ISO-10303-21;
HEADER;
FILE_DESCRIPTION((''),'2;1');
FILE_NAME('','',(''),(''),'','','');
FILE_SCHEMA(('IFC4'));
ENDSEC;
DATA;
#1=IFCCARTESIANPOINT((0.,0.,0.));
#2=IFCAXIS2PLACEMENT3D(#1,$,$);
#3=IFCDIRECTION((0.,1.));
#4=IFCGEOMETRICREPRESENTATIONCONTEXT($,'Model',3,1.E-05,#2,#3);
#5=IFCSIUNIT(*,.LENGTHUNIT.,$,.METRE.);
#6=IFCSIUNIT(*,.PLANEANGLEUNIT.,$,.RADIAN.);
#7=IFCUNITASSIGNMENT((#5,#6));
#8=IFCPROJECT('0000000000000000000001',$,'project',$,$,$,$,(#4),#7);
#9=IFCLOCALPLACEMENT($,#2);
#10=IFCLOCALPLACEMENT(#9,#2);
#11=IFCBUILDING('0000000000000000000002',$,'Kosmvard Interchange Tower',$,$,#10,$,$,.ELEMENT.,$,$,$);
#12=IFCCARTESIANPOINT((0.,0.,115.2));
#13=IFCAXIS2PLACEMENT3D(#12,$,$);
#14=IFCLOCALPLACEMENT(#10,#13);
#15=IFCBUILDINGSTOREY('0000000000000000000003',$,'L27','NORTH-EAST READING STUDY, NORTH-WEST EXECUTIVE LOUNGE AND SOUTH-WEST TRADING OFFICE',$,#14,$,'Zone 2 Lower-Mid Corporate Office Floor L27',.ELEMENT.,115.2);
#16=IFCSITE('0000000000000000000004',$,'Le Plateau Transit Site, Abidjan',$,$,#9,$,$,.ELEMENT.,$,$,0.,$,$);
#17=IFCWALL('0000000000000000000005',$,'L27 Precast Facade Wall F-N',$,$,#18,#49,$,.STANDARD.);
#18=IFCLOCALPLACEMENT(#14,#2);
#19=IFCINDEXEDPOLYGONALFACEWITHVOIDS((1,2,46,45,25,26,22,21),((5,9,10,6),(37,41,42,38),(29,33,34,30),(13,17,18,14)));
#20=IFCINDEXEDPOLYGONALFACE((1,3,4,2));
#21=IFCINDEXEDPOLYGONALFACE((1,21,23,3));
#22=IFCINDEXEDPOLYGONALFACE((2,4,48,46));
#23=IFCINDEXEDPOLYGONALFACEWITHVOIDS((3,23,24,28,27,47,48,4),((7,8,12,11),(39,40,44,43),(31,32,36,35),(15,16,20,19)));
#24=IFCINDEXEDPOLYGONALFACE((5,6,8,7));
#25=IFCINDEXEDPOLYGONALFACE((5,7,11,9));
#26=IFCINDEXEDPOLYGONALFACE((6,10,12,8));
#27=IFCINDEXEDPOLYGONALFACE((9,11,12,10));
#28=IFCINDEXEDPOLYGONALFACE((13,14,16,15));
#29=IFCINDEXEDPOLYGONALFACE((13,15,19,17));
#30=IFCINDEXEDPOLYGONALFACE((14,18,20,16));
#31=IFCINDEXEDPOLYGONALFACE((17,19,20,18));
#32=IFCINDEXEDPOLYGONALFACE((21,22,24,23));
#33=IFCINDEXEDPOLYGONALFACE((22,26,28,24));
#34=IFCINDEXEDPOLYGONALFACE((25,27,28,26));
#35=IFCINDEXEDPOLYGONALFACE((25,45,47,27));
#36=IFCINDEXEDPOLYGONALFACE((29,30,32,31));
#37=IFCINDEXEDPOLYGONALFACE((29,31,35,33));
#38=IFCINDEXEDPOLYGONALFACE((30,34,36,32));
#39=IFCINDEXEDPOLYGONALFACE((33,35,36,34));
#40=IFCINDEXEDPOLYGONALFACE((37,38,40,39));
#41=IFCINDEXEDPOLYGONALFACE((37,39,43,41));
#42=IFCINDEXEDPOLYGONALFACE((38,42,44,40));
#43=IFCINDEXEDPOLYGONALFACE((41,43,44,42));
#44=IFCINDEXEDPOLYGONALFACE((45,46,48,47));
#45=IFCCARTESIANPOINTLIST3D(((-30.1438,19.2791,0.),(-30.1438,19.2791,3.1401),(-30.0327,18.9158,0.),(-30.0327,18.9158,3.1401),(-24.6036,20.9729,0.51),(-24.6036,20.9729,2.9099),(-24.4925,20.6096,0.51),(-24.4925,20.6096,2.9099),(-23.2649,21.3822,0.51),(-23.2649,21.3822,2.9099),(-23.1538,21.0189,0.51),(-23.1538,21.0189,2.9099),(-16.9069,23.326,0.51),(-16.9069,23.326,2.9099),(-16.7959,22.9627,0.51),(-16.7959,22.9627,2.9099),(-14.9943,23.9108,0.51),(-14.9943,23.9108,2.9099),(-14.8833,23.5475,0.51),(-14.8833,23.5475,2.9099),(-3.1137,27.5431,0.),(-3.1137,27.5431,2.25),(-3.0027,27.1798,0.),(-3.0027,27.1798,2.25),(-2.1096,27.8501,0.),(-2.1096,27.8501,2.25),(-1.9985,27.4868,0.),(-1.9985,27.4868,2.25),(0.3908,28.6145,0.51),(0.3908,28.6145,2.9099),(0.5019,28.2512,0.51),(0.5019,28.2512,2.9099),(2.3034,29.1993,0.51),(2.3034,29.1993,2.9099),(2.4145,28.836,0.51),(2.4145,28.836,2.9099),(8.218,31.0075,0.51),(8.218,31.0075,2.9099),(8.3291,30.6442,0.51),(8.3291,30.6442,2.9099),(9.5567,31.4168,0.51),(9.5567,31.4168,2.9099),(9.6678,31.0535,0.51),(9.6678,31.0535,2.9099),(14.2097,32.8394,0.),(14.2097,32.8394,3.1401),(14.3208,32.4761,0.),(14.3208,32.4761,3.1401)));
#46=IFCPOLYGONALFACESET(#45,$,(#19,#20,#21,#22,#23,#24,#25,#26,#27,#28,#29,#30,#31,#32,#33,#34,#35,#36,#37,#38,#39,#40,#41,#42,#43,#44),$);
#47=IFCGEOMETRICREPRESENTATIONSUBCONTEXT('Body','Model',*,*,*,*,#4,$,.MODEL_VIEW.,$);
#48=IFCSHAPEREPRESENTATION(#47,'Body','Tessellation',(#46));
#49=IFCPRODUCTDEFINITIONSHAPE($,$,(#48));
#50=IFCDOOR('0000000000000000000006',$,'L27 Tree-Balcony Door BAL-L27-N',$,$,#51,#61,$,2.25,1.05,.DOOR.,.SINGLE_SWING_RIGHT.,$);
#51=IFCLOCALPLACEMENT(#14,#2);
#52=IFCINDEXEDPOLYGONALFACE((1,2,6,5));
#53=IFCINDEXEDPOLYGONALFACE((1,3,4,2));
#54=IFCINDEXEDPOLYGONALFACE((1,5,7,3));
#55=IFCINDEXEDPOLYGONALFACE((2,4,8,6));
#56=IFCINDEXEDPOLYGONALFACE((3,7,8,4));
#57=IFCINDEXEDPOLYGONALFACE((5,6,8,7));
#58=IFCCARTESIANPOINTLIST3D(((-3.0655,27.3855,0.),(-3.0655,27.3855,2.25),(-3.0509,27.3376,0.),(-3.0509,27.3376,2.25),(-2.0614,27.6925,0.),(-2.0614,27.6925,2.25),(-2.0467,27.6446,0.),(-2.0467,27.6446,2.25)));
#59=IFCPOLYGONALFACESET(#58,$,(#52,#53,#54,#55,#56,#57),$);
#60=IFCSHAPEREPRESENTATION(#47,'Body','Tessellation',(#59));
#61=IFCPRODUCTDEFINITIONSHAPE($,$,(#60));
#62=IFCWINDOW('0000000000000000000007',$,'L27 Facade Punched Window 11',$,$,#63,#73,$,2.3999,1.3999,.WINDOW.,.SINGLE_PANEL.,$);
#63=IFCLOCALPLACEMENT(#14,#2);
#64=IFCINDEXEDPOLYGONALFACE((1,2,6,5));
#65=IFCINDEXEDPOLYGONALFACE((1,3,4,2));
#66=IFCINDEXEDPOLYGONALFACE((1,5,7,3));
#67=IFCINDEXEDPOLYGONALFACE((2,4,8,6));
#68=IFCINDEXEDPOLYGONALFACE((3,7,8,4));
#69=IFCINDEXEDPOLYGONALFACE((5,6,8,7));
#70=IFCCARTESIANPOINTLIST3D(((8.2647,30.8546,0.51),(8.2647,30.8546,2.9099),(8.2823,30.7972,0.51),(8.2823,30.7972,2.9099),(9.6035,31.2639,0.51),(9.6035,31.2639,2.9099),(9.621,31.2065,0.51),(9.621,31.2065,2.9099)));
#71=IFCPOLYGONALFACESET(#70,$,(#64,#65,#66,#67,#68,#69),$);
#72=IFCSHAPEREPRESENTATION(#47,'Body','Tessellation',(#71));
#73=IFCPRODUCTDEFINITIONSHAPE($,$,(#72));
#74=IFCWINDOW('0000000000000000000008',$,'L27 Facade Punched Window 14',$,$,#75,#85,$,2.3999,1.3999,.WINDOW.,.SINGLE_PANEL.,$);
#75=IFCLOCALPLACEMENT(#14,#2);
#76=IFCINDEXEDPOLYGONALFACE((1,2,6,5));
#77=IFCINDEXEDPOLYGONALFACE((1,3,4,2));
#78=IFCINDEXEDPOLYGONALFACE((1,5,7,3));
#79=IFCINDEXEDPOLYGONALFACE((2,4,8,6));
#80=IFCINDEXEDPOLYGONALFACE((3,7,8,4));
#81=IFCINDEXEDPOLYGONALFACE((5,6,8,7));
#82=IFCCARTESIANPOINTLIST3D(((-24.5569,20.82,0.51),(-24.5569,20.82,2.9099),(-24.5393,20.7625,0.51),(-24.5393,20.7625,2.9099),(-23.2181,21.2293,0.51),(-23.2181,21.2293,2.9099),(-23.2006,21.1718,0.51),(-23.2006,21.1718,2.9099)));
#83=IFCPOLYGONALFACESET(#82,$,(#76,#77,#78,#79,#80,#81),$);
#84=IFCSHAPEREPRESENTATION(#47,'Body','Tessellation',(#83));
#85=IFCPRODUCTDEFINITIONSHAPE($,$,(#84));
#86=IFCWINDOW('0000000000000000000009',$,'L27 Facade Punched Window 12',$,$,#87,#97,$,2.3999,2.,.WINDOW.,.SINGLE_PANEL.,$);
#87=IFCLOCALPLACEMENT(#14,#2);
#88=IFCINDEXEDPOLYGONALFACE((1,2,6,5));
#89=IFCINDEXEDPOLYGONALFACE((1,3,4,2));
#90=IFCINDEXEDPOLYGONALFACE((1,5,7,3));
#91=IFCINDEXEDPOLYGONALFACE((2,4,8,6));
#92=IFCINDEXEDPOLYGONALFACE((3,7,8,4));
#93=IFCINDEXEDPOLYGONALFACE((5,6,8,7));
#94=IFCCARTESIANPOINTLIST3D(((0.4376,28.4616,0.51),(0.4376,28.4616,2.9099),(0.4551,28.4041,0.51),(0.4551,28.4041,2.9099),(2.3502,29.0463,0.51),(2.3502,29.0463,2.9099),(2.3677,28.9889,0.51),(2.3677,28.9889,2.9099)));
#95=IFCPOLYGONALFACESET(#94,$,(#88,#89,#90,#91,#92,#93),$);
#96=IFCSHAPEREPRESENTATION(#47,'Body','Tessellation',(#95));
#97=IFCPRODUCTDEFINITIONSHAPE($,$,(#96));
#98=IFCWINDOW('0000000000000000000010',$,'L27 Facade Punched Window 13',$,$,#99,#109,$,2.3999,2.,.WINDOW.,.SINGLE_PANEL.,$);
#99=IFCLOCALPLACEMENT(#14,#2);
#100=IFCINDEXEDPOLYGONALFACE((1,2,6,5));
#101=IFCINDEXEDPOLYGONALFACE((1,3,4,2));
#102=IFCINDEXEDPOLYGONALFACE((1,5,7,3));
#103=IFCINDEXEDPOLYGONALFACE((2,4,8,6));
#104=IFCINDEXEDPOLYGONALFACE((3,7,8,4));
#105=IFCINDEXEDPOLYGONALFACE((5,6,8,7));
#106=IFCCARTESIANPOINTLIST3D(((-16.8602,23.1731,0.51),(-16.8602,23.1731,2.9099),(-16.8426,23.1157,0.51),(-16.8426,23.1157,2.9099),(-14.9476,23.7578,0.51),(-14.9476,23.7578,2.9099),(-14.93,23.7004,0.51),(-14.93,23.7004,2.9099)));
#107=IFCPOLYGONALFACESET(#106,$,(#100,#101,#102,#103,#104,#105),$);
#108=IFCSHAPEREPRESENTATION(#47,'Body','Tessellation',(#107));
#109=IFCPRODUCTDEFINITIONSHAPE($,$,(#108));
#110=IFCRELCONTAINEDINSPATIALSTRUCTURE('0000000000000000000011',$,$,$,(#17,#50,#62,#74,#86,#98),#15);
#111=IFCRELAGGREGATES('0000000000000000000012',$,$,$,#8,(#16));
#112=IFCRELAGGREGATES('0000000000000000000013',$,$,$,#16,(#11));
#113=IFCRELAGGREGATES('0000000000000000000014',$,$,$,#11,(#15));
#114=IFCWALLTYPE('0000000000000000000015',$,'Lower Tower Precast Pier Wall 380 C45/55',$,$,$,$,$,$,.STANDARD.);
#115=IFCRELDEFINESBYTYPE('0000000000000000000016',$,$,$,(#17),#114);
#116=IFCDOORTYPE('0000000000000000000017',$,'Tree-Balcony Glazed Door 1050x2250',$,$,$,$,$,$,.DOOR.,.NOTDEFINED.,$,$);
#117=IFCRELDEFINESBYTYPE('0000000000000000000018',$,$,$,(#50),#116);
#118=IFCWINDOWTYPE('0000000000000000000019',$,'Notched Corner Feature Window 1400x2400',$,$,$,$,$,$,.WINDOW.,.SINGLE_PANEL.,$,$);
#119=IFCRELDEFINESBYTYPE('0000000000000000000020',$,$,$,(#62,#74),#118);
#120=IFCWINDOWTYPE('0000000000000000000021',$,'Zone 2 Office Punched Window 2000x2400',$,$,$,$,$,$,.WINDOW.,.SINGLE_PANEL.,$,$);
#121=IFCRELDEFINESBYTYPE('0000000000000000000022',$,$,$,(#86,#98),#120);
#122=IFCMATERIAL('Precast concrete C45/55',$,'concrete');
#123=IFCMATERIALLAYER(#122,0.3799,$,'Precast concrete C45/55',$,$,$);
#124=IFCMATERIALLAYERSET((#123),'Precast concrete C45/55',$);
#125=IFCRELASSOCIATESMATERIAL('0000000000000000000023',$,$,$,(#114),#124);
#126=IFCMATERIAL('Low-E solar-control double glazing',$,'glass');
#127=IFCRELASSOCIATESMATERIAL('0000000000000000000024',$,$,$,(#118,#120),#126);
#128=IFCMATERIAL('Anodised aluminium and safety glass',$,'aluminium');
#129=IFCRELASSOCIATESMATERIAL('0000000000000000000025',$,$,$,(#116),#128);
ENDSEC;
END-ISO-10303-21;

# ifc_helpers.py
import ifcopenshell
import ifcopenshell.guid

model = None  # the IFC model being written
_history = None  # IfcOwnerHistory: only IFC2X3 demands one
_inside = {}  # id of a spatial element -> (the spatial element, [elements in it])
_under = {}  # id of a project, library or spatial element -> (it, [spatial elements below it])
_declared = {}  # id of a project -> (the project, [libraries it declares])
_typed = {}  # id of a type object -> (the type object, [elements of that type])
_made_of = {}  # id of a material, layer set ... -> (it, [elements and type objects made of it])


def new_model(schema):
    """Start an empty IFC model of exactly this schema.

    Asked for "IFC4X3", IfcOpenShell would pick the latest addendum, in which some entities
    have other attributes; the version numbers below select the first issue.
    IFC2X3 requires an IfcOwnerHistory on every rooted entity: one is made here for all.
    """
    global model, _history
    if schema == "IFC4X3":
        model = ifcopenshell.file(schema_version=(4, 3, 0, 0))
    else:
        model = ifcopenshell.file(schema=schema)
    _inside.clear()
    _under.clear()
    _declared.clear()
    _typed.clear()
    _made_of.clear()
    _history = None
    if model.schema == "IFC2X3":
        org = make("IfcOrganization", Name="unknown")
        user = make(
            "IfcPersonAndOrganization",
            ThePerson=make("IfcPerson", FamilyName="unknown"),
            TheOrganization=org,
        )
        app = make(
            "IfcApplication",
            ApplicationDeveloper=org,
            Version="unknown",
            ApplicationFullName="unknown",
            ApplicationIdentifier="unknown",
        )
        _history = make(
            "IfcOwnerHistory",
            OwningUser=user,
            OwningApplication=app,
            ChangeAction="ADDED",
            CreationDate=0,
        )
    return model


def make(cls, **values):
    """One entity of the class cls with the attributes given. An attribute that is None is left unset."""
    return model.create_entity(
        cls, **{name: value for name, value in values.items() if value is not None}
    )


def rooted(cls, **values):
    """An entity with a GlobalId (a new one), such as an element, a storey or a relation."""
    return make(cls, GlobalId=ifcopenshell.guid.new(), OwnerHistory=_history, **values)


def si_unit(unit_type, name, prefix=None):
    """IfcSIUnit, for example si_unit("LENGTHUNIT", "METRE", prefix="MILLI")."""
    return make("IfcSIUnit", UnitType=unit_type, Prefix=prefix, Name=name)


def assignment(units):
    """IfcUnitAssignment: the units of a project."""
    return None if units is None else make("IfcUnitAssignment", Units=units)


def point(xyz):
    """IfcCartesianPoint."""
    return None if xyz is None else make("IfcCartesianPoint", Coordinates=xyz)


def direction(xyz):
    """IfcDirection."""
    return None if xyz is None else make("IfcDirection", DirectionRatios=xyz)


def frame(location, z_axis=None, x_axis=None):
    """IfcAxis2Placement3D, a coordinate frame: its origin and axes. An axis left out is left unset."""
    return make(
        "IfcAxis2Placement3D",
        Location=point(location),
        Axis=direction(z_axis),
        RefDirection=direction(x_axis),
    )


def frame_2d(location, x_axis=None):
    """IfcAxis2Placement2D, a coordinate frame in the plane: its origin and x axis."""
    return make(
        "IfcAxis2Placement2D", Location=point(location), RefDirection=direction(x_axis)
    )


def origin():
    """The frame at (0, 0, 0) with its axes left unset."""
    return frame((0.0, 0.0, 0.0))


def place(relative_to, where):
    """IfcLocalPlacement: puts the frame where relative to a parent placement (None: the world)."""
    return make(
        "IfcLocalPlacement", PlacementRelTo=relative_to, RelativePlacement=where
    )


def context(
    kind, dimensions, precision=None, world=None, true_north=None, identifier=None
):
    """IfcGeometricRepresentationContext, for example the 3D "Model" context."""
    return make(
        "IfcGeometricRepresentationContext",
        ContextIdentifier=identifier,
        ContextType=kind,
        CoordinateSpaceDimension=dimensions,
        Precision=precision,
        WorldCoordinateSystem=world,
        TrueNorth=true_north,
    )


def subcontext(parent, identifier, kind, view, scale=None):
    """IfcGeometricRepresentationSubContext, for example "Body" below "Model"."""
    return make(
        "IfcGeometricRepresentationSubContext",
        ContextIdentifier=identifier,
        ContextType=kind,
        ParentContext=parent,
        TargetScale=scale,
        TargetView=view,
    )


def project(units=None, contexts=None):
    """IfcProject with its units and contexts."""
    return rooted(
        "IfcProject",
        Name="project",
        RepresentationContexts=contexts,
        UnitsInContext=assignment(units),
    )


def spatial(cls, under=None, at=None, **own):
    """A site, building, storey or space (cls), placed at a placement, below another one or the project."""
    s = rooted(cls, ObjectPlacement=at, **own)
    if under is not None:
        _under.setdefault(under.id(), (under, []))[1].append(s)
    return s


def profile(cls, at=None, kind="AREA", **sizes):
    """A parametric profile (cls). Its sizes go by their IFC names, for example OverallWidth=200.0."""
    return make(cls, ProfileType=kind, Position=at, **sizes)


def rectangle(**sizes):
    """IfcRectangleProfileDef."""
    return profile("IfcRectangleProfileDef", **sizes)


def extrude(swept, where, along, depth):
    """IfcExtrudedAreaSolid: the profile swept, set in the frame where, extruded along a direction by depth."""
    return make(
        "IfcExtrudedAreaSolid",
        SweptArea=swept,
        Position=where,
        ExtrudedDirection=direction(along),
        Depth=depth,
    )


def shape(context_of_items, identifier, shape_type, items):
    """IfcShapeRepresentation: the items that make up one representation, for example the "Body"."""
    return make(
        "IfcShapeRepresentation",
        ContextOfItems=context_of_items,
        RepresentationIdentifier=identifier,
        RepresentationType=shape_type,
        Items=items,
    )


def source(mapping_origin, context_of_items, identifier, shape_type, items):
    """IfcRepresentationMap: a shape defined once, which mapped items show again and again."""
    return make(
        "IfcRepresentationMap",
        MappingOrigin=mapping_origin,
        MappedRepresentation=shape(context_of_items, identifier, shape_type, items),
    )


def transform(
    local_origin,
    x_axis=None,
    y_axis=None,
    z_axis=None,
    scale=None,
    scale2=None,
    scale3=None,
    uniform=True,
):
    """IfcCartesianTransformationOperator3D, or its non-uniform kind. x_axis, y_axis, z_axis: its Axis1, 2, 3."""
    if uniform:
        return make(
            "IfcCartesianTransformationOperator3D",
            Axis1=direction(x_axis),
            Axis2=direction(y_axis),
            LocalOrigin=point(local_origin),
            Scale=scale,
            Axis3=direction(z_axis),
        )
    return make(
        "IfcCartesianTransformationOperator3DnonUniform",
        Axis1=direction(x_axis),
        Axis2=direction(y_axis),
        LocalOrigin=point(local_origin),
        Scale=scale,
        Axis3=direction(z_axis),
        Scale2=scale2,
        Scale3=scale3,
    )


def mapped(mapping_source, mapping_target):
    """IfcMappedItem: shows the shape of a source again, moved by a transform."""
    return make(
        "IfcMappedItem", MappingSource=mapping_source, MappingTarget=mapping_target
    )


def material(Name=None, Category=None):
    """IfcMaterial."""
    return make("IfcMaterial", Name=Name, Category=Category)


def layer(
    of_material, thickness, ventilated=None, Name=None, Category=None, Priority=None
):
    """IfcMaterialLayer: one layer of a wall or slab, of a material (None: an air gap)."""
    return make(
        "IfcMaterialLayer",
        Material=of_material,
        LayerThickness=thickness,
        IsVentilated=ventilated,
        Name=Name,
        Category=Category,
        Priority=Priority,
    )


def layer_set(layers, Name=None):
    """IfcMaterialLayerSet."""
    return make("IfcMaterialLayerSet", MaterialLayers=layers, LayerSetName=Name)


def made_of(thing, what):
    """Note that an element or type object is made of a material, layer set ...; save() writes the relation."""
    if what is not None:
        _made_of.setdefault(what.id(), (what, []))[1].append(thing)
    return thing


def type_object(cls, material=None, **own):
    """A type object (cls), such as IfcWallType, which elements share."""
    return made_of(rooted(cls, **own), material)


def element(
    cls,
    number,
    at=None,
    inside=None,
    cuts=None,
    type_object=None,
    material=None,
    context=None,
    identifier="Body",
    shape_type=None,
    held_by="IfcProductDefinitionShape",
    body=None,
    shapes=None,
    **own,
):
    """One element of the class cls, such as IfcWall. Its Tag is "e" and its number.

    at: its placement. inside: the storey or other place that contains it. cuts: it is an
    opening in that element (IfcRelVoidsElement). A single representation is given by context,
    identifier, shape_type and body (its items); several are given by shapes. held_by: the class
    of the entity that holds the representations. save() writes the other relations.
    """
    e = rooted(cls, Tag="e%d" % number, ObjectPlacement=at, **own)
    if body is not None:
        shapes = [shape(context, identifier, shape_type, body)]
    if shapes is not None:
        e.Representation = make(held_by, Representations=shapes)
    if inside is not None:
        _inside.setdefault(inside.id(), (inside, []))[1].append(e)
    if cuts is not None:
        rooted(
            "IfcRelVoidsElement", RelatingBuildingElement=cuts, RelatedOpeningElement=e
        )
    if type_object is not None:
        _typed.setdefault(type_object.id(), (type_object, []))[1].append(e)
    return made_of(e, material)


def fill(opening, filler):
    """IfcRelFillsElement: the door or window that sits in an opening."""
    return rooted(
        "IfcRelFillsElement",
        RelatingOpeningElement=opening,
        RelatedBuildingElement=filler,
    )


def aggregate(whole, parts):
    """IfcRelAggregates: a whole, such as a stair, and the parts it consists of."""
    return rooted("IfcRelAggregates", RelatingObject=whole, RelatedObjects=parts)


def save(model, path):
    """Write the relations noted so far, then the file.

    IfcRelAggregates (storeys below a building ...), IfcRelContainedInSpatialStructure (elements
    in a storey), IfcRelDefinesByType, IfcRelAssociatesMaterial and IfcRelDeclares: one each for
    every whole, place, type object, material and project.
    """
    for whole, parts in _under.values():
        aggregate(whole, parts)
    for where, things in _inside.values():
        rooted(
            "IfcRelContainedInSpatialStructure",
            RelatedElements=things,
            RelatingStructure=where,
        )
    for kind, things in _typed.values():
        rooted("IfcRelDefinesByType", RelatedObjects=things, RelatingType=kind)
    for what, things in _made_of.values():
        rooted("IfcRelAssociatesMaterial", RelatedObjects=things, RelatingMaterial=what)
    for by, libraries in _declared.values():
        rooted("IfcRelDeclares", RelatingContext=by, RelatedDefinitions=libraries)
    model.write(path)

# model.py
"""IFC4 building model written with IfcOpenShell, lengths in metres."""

from ifc_helpers import new_model, si_unit, direction, frame, frame_2d, origin, place, context, subcontext, project, spatial, rectangle, extrude, source, transform, mapped, material, layer, layer_set, type_object, element, fill, save


model = new_model("IFC4")

# Units and contexts
model_context = context("Model", 3, precision=1e-05, world=origin(), true_north=direction((0.0, 1.0)))
body_context = subcontext(model_context, "Body", "Model", "MODEL_VIEW")
ifc_project = project(units=[si_unit("LENGTHUNIT", "METRE"), si_unit("PLANEANGLEUNIT", "RADIAN")], contexts=[model_context])

# Site, building, storey
site_placement = place(None, origin())
site = spatial("IfcSite", under=ifc_project, at=site_placement, Name="Le Plateau Transit Site, Abidjan", CompositionType="ELEMENT", RefElevation=0.0)
building_placement = place(site_placement, origin())
building = spatial("IfcBuilding", under=site, at=building_placement, Name="Kosmvard Interchange Tower", CompositionType="ELEMENT")
storey_placement = place(building_placement, frame((0.0, 0.0, 115.2)))
storey = spatial("IfcBuildingStorey", under=building, at=storey_placement, Name="L27", Description="NORTH-EAST READING STUDY, NORTH-WEST EXECUTIVE LOUNGE AND SOUTH-WEST TRADING OFFICE", LongName="Zone 2 Lower-Mid Corporate Office Floor L27", CompositionType="ELEMENT", Elevation=115.2)

# Shared definitions
ifc_material_1 = material(Name="Precast concrete C45/55", Category="concrete")

# Shared definitions
ifc_layer_1 = layer(ifc_material_1, 0.3799, Name="Precast concrete C45/55")
ifc_layer_set_1 = layer_set([ifc_layer_1], Name="Precast concrete C45/55")
wall_type_1 = type_object("IfcWallType", Name="Lower Tower Precast Pier Wall 380 C45/55", PredefinedType="STANDARD", material=ifc_layer_set_1)

# Shared definitions
ifc_material_2 = material(Name="Low-E solar-control double glazing", Category="glass")
window_type_1 = type_object("IfcWindowType", Name="Notched Corner Feature Window 1400x2400", PartitioningType="SINGLE_PANEL", PredefinedType="WINDOW", material=ifc_material_2)
shared_shape_1 = source(origin(), body_context, "Body", "SweptSolid", [
    extrude(rectangle(XDim=1.3999, YDim=2.3999, at=frame_2d((0.7, 1.2))), frame((0.0, 0.03, 0.0), z_axis=(0.0, -1.0, 0.0), x_axis=(1.0, 0.0, 0.0)), (0.0, 0.0, 1.0), 0.0601),
])

# Wall, openings, door, windows
wall_1_placement = place(storey_placement, frame((14.2651, 32.6577, 0.0), z_axis=(0.0, 0.0, 1.0), x_axis=(-0.956304, -0.292373, 0.0)))
wall_1 = element("IfcWall", 1, at=wall_1_placement, inside=storey, type_object=wall_type_1, Name="L27 Precast Facade Wall F-N", PredefinedType="STANDARD", context=body_context, shape_type="SweptSolid", body=[
    extrude(rectangle(XDim=46.3801, YDim=0.3799, at=frame_2d((23.1899, 0.0))), origin(), (0.0, 0.0, 1.0), 3.1401),
])
opening_1_placement = place(wall_1_placement, frame((17.0649, 0.0, 0.0)))
opening_1 = element("IfcOpeningElement", 2, at=opening_1_placement, cuts=wall_1, PredefinedType="OPENING", context=body_context, shape_type="SweptSolid", body=[
    extrude(rectangle(XDim=1.05, YDim=2.25, at=frame_2d((0.5249, 1.125))), frame((0.0, 0.2, 0.0), z_axis=(0.0, -1.0, 0.0), x_axis=(1.0, 0.0, 0.0)), (0.0, 0.0, 1.0), 0.3999),
])
opening_2_placement = place(wall_1_placement, frame((4.8655, 0.0, 0.51)))
opening_2 = element("IfcOpeningElement", 3, at=opening_2_placement, cuts=wall_1, PredefinedType="OPENING", context=body_context, shape_type="SweptSolid", body=[
    extrude(rectangle(XDim=1.3999, YDim=2.3999, at=frame_2d((0.7, 1.2))), frame((0.0, 0.2, 0.0), z_axis=(0.0, -1.0, 0.0), x_axis=(1.0, 0.0, 0.0)), (0.0, 0.0, 1.0), 0.3999),
])
opening_3_placement = place(wall_1_placement, frame((12.4502, 0.0, 0.51)))
opening_3 = element("IfcOpeningElement", 4, at=opening_3_placement, cuts=wall_1, PredefinedType="OPENING", context=body_context, shape_type="SweptSolid", body=[
    extrude(rectangle(XDim=2.0, YDim=2.3999, at=frame_2d((1.0, 1.2))), frame((0.0, 0.2, 0.0), z_axis=(0.0, -1.0, 0.0), x_axis=(1.0, 0.0, 0.0)), (0.0, 0.0, 1.0), 0.3999),
])
opening_4_placement = place(wall_1_placement, frame((30.5383, 0.0, 0.51)))
opening_4 = element("IfcOpeningElement", 5, at=opening_4_placement, cuts=wall_1, PredefinedType="OPENING", context=body_context, shape_type="SweptSolid", body=[
    extrude(rectangle(XDim=2.0, YDim=2.3999, at=frame_2d((1.0, 1.2))), frame((0.0, 0.2, 0.0), z_axis=(0.0, -1.0, 0.0), x_axis=(1.0, 0.0, 0.0)), (0.0, 0.0, 1.0), 0.3999),
])
opening_5_placement = place(wall_1_placement, frame((39.1868, 0.0, 0.51)))
opening_5 = element("IfcOpeningElement", 6, at=opening_5_placement, cuts=wall_1, PredefinedType="OPENING", context=body_context, shape_type="SweptSolid", body=[
    extrude(rectangle(XDim=1.3999, YDim=2.3999, at=frame_2d((0.7, 1.2))), frame((0.0, 0.2, 0.0), z_axis=(0.0, -1.0, 0.0), x_axis=(1.0, 0.0, 0.0)), (0.0, 0.0, 1.0), 0.3999),
])
ifc_material_3 = material(Name="Anodised aluminium and safety glass", Category="aluminium")
door_type = type_object("IfcDoorType", Name="Tree-Balcony Glazed Door 1050x2250", OperationType="NOTDEFINED", PredefinedType="DOOR", material=ifc_material_3)
shared_shape_2 = source(origin(), body_context, "Body", "SweptSolid", [
    extrude(rectangle(XDim=1.05, YDim=2.25, at=frame_2d((0.5249, 1.125))), frame((0.0, 0.0249, 0.0), z_axis=(0.0, -1.0, 0.0), x_axis=(1.0, 0.0, 0.0)), (0.0, 0.0, 1.0), 0.05),
])
door_placement = place(opening_1_placement, origin())
door = element("IfcDoor", 7, at=door_placement, inside=storey, type_object=door_type, Name="L27 Tree-Balcony Door BAL-L27-N", OperationType="SINGLE_SWING_RIGHT", OverallHeight=2.25, OverallWidth=1.05, PredefinedType="DOOR", context=body_context, shape_type="MappedRepresentation", body=[
    mapped(shared_shape_2, transform((0.0, 0.0, 0.0), scale=1.0)),
])
fill(opening_1, door)
window_1_placement = place(opening_2_placement, origin())
window_1 = element("IfcWindow", 8, at=window_1_placement, inside=storey, type_object=window_type_1, Name="L27 Facade Punched Window 11", OverallHeight=2.3999, OverallWidth=1.3999, PartitioningType="SINGLE_PANEL", PredefinedType="WINDOW", context=body_context, shape_type="MappedRepresentation", body=[
    mapped(shared_shape_1, transform((0.0, 0.0, 0.0), scale=1.0)),
])
fill(opening_2, window_1)
window_2_placement = place(opening_5_placement, origin())
window_2 = element("IfcWindow", 9, at=window_2_placement, inside=storey, type_object=window_type_1, Name="L27 Facade Punched Window 14", OverallHeight=2.3999, OverallWidth=1.3999, PartitioningType="SINGLE_PANEL", PredefinedType="WINDOW", context=body_context, shape_type="MappedRepresentation", body=[
    mapped(shared_shape_1, transform((0.0, 0.0, 0.0), scale=1.0)),
])
fill(opening_5, window_2)
window_type_2 = type_object("IfcWindowType", Name="Zone 2 Office Punched Window 2000x2400", PartitioningType="SINGLE_PANEL", PredefinedType="WINDOW", material=ifc_material_2)
shared_shape_3 = source(origin(), body_context, "Body", "SweptSolid", [
    extrude(rectangle(XDim=2.0, YDim=2.3999, at=frame_2d((1.0, 1.2))), frame((0.0, 0.03, 0.0), z_axis=(0.0, -1.0, 0.0), x_axis=(1.0, 0.0, 0.0)), (0.0, 0.0, 1.0), 0.0601),
])
window_3_placement = place(opening_3_placement, origin())
window_3 = element("IfcWindow", 10, at=window_3_placement, inside=storey, type_object=window_type_2, Name="L27 Facade Punched Window 12", OverallHeight=2.3999, OverallWidth=2.0, PartitioningType="SINGLE_PANEL", PredefinedType="WINDOW", context=body_context, shape_type="MappedRepresentation", body=[
    mapped(shared_shape_3, transform((0.0, 0.0, 0.0), scale=1.0)),
])
fill(opening_3, window_3)
window_4_placement = place(opening_4_placement, origin())
window_4 = element("IfcWindow", 11, at=window_4_placement, inside=storey, type_object=window_type_2, Name="L27 Facade Punched Window 13", OverallHeight=2.3999, OverallWidth=2.0, PartitioningType="SINGLE_PANEL", PredefinedType="WINDOW", context=body_context, shape_type="MappedRepresentation", body=[
    mapped(shared_shape_3, transform((0.0, 0.0, 0.0), scale=1.0)),
])
fill(opening_4, window_4)

save(model, "model.ifc")
